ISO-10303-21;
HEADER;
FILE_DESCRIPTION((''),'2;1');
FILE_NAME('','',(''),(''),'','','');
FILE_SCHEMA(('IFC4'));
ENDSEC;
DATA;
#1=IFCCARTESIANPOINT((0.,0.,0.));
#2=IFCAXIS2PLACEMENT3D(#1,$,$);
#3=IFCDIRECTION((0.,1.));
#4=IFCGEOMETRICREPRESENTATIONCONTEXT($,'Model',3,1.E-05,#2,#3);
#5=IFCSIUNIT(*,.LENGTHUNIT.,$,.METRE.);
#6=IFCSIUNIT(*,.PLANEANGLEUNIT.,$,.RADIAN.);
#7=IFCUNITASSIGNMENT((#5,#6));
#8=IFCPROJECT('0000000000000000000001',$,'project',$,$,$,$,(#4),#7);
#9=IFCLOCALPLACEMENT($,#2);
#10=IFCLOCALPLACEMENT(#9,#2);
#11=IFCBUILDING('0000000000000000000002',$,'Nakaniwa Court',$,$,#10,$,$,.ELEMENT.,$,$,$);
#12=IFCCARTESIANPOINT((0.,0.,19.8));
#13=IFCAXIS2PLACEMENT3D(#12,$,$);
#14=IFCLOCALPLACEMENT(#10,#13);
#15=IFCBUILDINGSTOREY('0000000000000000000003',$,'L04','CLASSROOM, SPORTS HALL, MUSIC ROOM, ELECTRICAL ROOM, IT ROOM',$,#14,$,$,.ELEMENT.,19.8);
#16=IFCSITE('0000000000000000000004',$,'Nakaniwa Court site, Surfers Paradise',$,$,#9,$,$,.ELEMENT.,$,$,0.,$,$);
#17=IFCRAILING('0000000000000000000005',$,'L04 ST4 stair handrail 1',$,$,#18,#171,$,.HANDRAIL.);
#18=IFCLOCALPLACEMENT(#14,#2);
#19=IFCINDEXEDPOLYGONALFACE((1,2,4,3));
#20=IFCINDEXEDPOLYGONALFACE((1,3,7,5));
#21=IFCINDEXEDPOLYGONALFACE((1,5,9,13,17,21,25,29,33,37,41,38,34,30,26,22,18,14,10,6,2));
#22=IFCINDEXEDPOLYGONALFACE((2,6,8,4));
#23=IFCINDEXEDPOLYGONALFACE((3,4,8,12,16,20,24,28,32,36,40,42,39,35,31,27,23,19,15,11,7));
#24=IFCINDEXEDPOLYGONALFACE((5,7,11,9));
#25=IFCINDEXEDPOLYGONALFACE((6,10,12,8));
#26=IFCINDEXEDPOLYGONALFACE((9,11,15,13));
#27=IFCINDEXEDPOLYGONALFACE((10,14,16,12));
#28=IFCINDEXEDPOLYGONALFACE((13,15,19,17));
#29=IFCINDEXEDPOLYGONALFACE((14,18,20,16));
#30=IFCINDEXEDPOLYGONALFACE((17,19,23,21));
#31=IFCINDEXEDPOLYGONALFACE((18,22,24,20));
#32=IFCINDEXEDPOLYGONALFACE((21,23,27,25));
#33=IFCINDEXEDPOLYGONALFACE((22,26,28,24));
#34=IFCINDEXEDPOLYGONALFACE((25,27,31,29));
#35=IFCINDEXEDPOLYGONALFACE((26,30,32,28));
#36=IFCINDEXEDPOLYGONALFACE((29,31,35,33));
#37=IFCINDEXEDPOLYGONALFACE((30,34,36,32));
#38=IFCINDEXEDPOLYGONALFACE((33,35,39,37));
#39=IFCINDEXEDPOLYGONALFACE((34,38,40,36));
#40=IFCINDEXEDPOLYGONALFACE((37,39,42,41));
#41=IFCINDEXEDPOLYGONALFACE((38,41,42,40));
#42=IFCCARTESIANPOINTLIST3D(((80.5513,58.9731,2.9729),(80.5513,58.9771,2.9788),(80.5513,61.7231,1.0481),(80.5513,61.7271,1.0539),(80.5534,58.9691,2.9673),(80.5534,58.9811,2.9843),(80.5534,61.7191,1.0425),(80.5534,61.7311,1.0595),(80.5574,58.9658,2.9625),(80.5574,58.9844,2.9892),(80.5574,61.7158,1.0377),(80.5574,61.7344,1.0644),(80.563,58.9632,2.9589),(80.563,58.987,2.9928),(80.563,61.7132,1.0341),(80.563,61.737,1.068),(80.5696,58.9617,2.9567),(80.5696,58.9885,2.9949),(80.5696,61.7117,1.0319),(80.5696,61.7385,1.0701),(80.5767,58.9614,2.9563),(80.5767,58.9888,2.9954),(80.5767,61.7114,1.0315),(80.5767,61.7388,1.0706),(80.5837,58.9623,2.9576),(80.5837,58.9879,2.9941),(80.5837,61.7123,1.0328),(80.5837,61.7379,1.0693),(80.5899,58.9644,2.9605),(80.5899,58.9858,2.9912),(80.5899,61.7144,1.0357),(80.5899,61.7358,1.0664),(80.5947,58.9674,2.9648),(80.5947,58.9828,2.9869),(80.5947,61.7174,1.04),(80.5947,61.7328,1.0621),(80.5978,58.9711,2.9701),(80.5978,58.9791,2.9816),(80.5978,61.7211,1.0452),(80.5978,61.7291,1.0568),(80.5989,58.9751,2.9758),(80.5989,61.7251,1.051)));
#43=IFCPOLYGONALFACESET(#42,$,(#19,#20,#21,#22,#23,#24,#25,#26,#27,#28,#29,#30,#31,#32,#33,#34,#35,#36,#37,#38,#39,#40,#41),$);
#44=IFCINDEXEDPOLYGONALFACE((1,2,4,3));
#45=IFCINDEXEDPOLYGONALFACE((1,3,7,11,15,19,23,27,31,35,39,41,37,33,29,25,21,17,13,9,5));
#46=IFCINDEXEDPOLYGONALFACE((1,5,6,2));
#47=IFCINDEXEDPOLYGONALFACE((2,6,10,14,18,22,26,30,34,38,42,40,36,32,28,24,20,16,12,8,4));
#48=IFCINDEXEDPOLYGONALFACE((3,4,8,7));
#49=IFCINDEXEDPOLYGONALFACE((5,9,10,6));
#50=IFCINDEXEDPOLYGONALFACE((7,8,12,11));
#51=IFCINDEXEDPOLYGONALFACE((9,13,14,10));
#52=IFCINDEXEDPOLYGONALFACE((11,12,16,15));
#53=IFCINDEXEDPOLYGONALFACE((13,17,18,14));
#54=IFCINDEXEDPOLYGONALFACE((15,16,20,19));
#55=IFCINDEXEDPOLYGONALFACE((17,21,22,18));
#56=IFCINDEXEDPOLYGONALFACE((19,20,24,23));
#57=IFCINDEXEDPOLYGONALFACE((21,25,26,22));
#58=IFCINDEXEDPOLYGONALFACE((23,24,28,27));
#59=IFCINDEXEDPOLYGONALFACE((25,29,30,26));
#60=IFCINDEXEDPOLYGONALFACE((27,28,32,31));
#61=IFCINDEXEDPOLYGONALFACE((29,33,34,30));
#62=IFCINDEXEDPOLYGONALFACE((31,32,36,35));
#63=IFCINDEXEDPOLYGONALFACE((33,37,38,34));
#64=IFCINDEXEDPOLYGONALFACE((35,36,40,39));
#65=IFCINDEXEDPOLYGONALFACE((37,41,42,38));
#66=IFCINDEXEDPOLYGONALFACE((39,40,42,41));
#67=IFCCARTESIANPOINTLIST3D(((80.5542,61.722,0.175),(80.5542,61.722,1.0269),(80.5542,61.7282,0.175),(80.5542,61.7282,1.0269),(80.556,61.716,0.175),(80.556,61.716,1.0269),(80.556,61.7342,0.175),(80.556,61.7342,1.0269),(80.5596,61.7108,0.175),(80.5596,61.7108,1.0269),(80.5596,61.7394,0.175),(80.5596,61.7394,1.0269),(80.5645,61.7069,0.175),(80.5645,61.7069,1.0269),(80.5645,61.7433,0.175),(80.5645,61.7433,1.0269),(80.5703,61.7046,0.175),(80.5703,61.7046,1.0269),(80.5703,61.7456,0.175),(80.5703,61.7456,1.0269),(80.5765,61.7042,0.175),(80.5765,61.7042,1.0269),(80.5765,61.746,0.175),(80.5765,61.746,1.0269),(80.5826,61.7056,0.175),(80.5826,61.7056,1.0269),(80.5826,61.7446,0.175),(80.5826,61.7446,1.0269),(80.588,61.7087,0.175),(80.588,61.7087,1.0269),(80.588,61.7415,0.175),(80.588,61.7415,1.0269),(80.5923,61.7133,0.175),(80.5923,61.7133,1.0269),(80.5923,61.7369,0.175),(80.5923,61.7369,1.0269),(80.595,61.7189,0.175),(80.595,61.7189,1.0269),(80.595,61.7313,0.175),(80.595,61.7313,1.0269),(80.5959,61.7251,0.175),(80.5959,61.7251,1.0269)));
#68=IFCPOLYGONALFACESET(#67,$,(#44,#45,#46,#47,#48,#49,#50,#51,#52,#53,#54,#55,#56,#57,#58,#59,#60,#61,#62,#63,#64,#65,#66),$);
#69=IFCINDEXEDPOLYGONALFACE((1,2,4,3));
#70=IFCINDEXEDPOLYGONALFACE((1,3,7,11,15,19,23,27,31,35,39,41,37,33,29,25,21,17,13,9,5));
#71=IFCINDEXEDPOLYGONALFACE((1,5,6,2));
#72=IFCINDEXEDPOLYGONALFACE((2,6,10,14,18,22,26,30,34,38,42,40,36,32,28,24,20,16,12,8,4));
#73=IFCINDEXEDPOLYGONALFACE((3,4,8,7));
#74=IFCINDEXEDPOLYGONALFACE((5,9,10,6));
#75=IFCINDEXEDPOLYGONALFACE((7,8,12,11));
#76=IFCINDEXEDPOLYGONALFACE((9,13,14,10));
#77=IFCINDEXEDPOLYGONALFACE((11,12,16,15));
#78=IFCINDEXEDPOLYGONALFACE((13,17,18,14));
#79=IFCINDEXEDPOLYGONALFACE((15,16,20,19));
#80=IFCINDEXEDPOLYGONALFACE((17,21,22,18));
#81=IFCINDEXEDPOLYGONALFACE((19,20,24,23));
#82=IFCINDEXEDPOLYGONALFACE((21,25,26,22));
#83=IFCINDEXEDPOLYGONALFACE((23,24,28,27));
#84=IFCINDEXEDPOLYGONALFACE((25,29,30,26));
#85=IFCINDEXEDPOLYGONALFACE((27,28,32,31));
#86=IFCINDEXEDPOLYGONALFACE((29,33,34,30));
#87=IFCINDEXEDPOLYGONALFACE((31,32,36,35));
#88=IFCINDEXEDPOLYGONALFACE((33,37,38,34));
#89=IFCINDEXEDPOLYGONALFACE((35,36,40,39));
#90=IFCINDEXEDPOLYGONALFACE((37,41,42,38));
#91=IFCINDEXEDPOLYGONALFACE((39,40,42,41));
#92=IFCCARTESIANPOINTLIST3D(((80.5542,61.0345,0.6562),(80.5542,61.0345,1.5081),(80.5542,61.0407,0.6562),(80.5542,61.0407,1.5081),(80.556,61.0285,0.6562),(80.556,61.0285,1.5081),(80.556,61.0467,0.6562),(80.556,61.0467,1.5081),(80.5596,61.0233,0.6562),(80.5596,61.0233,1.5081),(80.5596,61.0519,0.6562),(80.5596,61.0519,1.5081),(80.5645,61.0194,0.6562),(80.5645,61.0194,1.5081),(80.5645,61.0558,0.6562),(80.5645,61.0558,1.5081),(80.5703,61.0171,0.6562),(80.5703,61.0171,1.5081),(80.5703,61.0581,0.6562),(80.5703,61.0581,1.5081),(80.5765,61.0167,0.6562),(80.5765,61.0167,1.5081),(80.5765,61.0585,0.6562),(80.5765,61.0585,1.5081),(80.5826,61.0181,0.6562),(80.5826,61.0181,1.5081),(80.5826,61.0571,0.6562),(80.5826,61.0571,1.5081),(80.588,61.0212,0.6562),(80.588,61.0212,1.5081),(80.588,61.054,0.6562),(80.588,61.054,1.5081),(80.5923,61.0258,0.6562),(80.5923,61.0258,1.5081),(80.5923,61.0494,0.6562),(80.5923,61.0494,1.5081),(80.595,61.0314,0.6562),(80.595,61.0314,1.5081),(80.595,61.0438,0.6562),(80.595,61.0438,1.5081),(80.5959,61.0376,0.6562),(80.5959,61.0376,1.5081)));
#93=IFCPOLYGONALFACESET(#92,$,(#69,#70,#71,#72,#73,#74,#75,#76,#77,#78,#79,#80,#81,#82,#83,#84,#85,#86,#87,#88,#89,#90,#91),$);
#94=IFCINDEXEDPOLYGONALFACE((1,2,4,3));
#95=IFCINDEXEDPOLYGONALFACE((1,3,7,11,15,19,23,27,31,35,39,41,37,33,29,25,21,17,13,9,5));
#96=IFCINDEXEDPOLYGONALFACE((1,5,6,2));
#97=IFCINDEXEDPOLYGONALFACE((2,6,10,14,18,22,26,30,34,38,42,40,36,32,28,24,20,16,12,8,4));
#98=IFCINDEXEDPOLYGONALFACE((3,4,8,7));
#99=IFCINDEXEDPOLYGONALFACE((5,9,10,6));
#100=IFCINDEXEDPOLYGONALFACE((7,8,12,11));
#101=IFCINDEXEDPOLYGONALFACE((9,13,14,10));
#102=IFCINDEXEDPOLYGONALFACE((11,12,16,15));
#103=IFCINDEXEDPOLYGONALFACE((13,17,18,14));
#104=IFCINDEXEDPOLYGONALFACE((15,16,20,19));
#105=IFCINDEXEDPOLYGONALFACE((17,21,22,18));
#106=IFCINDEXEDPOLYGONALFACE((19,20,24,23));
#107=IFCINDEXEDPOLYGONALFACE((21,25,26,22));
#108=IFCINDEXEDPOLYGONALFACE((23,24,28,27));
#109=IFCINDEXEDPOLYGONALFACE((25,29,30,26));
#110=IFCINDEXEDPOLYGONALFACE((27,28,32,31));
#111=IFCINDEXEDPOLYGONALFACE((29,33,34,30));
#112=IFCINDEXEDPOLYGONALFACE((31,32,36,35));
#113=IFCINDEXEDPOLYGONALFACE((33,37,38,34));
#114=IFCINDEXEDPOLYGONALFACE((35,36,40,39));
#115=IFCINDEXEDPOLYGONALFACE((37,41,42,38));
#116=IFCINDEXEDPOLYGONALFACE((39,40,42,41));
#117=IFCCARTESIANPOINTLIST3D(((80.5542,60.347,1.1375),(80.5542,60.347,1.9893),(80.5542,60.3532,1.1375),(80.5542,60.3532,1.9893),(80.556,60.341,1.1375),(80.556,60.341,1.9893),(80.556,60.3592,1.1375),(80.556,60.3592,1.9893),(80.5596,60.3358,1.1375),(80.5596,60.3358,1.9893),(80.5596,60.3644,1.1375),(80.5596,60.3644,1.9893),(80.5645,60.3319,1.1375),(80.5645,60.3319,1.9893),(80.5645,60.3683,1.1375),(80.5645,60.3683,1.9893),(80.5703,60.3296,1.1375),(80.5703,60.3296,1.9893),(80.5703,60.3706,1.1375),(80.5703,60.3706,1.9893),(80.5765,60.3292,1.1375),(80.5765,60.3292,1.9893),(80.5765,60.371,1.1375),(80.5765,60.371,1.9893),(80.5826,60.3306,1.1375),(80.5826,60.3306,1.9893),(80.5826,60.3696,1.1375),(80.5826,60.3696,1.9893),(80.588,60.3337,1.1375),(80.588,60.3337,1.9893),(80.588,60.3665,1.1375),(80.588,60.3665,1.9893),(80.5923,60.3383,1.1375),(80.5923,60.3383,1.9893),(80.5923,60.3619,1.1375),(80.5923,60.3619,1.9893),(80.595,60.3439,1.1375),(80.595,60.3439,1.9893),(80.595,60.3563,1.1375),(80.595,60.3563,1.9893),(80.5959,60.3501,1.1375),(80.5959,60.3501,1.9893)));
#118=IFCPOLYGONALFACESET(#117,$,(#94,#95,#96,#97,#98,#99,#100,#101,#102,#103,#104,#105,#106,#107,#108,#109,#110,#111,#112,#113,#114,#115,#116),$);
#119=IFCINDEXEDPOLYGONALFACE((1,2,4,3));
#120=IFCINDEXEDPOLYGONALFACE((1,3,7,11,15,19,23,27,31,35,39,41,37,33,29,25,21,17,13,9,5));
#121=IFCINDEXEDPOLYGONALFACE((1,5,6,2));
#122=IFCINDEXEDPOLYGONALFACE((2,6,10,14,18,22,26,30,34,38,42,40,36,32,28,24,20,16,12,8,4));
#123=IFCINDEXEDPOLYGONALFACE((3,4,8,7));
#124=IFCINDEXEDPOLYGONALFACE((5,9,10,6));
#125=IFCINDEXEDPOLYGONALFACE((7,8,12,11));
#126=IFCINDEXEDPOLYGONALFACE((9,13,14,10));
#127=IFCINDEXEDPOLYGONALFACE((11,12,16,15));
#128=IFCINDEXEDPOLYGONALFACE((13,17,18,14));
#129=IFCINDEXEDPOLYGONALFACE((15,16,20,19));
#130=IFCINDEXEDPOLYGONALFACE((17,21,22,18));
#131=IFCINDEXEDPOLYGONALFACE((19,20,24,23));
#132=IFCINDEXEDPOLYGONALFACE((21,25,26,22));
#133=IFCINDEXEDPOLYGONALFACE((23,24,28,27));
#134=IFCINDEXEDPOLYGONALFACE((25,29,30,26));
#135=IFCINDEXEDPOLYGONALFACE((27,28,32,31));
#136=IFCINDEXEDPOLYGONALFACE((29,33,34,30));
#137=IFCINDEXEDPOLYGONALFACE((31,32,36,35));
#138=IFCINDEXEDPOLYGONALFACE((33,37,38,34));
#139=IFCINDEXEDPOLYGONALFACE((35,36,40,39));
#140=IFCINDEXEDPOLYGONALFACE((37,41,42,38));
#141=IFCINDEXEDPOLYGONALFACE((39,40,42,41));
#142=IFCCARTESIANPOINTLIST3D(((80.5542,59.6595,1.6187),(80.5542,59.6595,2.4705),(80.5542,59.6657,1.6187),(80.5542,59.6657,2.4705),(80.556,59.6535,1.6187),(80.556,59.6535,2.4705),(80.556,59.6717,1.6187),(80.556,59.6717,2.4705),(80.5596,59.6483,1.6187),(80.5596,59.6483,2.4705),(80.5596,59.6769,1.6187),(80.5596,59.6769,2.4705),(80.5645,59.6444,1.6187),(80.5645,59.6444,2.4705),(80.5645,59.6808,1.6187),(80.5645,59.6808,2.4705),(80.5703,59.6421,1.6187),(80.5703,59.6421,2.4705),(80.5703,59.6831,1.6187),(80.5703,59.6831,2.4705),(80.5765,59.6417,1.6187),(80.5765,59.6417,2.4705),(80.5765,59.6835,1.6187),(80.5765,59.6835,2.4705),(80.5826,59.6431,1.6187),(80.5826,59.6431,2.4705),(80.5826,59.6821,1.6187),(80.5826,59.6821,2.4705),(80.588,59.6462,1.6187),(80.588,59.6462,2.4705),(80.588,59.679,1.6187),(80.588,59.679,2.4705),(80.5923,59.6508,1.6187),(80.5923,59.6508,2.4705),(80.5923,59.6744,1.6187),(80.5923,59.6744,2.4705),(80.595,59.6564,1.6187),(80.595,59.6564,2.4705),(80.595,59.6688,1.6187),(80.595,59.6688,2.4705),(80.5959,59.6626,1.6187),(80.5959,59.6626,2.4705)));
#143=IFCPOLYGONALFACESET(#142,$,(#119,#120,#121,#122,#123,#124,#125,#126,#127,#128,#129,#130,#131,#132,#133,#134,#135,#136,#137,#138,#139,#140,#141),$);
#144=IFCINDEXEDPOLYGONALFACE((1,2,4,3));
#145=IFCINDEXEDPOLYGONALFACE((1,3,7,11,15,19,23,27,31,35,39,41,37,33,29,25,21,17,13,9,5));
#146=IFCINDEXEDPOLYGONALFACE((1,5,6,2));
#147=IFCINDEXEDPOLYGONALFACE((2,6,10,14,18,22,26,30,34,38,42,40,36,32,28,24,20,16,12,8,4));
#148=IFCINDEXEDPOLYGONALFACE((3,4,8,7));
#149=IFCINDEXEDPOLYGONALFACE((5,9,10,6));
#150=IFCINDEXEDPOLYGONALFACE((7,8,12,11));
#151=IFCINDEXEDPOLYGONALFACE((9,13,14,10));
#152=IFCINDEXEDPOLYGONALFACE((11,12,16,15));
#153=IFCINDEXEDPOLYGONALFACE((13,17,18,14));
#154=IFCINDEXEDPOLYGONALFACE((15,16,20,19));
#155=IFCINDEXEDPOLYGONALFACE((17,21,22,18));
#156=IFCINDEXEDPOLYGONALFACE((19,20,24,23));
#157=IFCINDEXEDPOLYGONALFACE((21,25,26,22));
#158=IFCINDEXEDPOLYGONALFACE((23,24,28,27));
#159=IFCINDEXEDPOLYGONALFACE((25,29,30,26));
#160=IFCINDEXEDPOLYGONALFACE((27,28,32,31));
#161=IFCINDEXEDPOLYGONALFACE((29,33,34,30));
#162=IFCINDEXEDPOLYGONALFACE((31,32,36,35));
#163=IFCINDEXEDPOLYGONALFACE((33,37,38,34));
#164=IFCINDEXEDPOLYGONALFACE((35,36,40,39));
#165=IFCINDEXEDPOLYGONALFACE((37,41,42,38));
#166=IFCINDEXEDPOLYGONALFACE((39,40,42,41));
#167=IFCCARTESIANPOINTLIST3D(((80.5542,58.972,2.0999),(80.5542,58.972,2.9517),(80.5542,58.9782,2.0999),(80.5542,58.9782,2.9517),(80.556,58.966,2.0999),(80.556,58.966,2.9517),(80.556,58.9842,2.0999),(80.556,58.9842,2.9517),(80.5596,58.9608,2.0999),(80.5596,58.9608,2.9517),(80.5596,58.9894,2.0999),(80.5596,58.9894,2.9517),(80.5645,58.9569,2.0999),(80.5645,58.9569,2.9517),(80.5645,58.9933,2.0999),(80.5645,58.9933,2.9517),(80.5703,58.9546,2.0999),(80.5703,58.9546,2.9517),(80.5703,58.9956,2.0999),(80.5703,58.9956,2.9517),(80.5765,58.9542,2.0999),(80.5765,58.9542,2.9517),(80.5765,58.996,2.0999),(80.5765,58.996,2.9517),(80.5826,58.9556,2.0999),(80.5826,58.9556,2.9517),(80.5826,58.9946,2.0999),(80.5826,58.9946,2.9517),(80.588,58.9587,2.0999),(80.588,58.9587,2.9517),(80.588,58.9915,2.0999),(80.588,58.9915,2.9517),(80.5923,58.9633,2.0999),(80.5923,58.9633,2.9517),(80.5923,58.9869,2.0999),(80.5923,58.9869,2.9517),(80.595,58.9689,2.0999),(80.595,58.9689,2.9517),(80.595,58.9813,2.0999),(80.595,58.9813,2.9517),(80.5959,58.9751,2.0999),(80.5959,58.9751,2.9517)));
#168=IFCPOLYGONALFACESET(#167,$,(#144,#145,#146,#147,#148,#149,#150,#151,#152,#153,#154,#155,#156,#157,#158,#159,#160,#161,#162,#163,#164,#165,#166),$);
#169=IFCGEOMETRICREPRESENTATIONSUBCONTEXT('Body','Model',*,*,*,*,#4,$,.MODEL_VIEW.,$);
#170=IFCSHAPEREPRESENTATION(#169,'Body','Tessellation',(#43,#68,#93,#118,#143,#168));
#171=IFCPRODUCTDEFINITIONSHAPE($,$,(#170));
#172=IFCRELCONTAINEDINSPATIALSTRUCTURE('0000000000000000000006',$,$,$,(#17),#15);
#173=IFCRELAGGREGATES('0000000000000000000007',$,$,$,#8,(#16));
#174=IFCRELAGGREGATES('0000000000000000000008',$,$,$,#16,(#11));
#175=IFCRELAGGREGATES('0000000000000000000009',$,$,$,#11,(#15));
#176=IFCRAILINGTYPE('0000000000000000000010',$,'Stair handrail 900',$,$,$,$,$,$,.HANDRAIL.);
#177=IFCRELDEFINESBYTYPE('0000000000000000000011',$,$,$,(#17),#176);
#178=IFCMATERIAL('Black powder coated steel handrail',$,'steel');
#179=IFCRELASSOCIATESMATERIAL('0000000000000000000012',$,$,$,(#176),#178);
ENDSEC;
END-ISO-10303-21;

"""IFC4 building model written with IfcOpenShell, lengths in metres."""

from ifc_helpers import new_model, si_unit, direction, frame, origin, origin_2d, place, context, subcontext, project, spatial, circle, extrude, material, type_object, element, save


model = new_model("IFC4")

# Units and contexts
model_context = context("Model", 3, precision=1e-05, world=origin(), true_north=direction((0.0, 1.0)))
body_context = subcontext(model_context, "Body", "Model", "MODEL_VIEW")
ifc_project = project(units=[si_unit("LENGTHUNIT", "METRE"), si_unit("PLANEANGLEUNIT", "RADIAN")], contexts=[model_context])

# Site, building, storey
site_placement = place(None, origin())
site = spatial("IfcSite", under=ifc_project, at=site_placement, Name="Nakaniwa Court site, Surfers Paradise", CompositionType="ELEMENT", RefElevation=0.0)
building_placement = place(site_placement, origin())
building = spatial("IfcBuilding", under=site, at=building_placement, Name="Nakaniwa Court", CompositionType="ELEMENT")
storey_placement = place(building_placement, frame((0.0, 0.0, 19.8)))
storey = spatial("IfcBuildingStorey", under=building, at=storey_placement, Name="L04", Description="CLASSROOM, SPORTS HALL, MUSIC ROOM, ELECTRICAL ROOM, IT ROOM", CompositionType="ELEMENT", Elevation=19.8)

# Railing
ifc_material_1 = material(Name="Black powder coated steel handrail", Category="steel")
railing_type_1 = type_object("IfcRailingType", Name="Stair handrail 900", PredefinedType="HANDRAIL", material=ifc_material_1)
railing_1_placement = place(storey_placement, frame((80.575, 61.7251, 0.175)))
element("IfcRailing", 1, at=railing_1_placement, inside=storey, type_object=railing_type_1, Name="L04 ST4 stair handrail 1", PredefinedType="HANDRAIL", context=body_context, shape_type="SweptSolid", body=[
    extrude(circle(Radius=0.0239, at=origin_2d()), frame((0.0, 0.0, 0.876), z_axis=(0.0, -0.819259, 0.573423), x_axis=(1.0, 0.0, 0.0)), (0.0, 0.0, 1.0), 3.3567),
    extrude(circle(Radius=0.021, at=origin_2d()), origin(), (0.0, 0.0, 1.0), 0.8518),
    extrude(circle(Radius=0.021, at=origin_2d()), frame((0.0, -0.6875, 0.4812)), (0.0, 0.0, 1.0), 0.8518),
    extrude(circle(Radius=0.021, at=origin_2d()), frame((0.0, -1.375, 0.9624)), (0.0, 0.0, 1.0), 0.8518),
    extrude(circle(Radius=0.021, at=origin_2d()), frame((0.0, -2.0625, 1.4436)), (0.0, 0.0, 1.0), 0.8518),
    extrude(circle(Radius=0.021, at=origin_2d()), frame((0.0, -2.75, 1.9248)), (0.0, 0.0, 1.0), 0.8518),
])

save(model, "model.ifc")
